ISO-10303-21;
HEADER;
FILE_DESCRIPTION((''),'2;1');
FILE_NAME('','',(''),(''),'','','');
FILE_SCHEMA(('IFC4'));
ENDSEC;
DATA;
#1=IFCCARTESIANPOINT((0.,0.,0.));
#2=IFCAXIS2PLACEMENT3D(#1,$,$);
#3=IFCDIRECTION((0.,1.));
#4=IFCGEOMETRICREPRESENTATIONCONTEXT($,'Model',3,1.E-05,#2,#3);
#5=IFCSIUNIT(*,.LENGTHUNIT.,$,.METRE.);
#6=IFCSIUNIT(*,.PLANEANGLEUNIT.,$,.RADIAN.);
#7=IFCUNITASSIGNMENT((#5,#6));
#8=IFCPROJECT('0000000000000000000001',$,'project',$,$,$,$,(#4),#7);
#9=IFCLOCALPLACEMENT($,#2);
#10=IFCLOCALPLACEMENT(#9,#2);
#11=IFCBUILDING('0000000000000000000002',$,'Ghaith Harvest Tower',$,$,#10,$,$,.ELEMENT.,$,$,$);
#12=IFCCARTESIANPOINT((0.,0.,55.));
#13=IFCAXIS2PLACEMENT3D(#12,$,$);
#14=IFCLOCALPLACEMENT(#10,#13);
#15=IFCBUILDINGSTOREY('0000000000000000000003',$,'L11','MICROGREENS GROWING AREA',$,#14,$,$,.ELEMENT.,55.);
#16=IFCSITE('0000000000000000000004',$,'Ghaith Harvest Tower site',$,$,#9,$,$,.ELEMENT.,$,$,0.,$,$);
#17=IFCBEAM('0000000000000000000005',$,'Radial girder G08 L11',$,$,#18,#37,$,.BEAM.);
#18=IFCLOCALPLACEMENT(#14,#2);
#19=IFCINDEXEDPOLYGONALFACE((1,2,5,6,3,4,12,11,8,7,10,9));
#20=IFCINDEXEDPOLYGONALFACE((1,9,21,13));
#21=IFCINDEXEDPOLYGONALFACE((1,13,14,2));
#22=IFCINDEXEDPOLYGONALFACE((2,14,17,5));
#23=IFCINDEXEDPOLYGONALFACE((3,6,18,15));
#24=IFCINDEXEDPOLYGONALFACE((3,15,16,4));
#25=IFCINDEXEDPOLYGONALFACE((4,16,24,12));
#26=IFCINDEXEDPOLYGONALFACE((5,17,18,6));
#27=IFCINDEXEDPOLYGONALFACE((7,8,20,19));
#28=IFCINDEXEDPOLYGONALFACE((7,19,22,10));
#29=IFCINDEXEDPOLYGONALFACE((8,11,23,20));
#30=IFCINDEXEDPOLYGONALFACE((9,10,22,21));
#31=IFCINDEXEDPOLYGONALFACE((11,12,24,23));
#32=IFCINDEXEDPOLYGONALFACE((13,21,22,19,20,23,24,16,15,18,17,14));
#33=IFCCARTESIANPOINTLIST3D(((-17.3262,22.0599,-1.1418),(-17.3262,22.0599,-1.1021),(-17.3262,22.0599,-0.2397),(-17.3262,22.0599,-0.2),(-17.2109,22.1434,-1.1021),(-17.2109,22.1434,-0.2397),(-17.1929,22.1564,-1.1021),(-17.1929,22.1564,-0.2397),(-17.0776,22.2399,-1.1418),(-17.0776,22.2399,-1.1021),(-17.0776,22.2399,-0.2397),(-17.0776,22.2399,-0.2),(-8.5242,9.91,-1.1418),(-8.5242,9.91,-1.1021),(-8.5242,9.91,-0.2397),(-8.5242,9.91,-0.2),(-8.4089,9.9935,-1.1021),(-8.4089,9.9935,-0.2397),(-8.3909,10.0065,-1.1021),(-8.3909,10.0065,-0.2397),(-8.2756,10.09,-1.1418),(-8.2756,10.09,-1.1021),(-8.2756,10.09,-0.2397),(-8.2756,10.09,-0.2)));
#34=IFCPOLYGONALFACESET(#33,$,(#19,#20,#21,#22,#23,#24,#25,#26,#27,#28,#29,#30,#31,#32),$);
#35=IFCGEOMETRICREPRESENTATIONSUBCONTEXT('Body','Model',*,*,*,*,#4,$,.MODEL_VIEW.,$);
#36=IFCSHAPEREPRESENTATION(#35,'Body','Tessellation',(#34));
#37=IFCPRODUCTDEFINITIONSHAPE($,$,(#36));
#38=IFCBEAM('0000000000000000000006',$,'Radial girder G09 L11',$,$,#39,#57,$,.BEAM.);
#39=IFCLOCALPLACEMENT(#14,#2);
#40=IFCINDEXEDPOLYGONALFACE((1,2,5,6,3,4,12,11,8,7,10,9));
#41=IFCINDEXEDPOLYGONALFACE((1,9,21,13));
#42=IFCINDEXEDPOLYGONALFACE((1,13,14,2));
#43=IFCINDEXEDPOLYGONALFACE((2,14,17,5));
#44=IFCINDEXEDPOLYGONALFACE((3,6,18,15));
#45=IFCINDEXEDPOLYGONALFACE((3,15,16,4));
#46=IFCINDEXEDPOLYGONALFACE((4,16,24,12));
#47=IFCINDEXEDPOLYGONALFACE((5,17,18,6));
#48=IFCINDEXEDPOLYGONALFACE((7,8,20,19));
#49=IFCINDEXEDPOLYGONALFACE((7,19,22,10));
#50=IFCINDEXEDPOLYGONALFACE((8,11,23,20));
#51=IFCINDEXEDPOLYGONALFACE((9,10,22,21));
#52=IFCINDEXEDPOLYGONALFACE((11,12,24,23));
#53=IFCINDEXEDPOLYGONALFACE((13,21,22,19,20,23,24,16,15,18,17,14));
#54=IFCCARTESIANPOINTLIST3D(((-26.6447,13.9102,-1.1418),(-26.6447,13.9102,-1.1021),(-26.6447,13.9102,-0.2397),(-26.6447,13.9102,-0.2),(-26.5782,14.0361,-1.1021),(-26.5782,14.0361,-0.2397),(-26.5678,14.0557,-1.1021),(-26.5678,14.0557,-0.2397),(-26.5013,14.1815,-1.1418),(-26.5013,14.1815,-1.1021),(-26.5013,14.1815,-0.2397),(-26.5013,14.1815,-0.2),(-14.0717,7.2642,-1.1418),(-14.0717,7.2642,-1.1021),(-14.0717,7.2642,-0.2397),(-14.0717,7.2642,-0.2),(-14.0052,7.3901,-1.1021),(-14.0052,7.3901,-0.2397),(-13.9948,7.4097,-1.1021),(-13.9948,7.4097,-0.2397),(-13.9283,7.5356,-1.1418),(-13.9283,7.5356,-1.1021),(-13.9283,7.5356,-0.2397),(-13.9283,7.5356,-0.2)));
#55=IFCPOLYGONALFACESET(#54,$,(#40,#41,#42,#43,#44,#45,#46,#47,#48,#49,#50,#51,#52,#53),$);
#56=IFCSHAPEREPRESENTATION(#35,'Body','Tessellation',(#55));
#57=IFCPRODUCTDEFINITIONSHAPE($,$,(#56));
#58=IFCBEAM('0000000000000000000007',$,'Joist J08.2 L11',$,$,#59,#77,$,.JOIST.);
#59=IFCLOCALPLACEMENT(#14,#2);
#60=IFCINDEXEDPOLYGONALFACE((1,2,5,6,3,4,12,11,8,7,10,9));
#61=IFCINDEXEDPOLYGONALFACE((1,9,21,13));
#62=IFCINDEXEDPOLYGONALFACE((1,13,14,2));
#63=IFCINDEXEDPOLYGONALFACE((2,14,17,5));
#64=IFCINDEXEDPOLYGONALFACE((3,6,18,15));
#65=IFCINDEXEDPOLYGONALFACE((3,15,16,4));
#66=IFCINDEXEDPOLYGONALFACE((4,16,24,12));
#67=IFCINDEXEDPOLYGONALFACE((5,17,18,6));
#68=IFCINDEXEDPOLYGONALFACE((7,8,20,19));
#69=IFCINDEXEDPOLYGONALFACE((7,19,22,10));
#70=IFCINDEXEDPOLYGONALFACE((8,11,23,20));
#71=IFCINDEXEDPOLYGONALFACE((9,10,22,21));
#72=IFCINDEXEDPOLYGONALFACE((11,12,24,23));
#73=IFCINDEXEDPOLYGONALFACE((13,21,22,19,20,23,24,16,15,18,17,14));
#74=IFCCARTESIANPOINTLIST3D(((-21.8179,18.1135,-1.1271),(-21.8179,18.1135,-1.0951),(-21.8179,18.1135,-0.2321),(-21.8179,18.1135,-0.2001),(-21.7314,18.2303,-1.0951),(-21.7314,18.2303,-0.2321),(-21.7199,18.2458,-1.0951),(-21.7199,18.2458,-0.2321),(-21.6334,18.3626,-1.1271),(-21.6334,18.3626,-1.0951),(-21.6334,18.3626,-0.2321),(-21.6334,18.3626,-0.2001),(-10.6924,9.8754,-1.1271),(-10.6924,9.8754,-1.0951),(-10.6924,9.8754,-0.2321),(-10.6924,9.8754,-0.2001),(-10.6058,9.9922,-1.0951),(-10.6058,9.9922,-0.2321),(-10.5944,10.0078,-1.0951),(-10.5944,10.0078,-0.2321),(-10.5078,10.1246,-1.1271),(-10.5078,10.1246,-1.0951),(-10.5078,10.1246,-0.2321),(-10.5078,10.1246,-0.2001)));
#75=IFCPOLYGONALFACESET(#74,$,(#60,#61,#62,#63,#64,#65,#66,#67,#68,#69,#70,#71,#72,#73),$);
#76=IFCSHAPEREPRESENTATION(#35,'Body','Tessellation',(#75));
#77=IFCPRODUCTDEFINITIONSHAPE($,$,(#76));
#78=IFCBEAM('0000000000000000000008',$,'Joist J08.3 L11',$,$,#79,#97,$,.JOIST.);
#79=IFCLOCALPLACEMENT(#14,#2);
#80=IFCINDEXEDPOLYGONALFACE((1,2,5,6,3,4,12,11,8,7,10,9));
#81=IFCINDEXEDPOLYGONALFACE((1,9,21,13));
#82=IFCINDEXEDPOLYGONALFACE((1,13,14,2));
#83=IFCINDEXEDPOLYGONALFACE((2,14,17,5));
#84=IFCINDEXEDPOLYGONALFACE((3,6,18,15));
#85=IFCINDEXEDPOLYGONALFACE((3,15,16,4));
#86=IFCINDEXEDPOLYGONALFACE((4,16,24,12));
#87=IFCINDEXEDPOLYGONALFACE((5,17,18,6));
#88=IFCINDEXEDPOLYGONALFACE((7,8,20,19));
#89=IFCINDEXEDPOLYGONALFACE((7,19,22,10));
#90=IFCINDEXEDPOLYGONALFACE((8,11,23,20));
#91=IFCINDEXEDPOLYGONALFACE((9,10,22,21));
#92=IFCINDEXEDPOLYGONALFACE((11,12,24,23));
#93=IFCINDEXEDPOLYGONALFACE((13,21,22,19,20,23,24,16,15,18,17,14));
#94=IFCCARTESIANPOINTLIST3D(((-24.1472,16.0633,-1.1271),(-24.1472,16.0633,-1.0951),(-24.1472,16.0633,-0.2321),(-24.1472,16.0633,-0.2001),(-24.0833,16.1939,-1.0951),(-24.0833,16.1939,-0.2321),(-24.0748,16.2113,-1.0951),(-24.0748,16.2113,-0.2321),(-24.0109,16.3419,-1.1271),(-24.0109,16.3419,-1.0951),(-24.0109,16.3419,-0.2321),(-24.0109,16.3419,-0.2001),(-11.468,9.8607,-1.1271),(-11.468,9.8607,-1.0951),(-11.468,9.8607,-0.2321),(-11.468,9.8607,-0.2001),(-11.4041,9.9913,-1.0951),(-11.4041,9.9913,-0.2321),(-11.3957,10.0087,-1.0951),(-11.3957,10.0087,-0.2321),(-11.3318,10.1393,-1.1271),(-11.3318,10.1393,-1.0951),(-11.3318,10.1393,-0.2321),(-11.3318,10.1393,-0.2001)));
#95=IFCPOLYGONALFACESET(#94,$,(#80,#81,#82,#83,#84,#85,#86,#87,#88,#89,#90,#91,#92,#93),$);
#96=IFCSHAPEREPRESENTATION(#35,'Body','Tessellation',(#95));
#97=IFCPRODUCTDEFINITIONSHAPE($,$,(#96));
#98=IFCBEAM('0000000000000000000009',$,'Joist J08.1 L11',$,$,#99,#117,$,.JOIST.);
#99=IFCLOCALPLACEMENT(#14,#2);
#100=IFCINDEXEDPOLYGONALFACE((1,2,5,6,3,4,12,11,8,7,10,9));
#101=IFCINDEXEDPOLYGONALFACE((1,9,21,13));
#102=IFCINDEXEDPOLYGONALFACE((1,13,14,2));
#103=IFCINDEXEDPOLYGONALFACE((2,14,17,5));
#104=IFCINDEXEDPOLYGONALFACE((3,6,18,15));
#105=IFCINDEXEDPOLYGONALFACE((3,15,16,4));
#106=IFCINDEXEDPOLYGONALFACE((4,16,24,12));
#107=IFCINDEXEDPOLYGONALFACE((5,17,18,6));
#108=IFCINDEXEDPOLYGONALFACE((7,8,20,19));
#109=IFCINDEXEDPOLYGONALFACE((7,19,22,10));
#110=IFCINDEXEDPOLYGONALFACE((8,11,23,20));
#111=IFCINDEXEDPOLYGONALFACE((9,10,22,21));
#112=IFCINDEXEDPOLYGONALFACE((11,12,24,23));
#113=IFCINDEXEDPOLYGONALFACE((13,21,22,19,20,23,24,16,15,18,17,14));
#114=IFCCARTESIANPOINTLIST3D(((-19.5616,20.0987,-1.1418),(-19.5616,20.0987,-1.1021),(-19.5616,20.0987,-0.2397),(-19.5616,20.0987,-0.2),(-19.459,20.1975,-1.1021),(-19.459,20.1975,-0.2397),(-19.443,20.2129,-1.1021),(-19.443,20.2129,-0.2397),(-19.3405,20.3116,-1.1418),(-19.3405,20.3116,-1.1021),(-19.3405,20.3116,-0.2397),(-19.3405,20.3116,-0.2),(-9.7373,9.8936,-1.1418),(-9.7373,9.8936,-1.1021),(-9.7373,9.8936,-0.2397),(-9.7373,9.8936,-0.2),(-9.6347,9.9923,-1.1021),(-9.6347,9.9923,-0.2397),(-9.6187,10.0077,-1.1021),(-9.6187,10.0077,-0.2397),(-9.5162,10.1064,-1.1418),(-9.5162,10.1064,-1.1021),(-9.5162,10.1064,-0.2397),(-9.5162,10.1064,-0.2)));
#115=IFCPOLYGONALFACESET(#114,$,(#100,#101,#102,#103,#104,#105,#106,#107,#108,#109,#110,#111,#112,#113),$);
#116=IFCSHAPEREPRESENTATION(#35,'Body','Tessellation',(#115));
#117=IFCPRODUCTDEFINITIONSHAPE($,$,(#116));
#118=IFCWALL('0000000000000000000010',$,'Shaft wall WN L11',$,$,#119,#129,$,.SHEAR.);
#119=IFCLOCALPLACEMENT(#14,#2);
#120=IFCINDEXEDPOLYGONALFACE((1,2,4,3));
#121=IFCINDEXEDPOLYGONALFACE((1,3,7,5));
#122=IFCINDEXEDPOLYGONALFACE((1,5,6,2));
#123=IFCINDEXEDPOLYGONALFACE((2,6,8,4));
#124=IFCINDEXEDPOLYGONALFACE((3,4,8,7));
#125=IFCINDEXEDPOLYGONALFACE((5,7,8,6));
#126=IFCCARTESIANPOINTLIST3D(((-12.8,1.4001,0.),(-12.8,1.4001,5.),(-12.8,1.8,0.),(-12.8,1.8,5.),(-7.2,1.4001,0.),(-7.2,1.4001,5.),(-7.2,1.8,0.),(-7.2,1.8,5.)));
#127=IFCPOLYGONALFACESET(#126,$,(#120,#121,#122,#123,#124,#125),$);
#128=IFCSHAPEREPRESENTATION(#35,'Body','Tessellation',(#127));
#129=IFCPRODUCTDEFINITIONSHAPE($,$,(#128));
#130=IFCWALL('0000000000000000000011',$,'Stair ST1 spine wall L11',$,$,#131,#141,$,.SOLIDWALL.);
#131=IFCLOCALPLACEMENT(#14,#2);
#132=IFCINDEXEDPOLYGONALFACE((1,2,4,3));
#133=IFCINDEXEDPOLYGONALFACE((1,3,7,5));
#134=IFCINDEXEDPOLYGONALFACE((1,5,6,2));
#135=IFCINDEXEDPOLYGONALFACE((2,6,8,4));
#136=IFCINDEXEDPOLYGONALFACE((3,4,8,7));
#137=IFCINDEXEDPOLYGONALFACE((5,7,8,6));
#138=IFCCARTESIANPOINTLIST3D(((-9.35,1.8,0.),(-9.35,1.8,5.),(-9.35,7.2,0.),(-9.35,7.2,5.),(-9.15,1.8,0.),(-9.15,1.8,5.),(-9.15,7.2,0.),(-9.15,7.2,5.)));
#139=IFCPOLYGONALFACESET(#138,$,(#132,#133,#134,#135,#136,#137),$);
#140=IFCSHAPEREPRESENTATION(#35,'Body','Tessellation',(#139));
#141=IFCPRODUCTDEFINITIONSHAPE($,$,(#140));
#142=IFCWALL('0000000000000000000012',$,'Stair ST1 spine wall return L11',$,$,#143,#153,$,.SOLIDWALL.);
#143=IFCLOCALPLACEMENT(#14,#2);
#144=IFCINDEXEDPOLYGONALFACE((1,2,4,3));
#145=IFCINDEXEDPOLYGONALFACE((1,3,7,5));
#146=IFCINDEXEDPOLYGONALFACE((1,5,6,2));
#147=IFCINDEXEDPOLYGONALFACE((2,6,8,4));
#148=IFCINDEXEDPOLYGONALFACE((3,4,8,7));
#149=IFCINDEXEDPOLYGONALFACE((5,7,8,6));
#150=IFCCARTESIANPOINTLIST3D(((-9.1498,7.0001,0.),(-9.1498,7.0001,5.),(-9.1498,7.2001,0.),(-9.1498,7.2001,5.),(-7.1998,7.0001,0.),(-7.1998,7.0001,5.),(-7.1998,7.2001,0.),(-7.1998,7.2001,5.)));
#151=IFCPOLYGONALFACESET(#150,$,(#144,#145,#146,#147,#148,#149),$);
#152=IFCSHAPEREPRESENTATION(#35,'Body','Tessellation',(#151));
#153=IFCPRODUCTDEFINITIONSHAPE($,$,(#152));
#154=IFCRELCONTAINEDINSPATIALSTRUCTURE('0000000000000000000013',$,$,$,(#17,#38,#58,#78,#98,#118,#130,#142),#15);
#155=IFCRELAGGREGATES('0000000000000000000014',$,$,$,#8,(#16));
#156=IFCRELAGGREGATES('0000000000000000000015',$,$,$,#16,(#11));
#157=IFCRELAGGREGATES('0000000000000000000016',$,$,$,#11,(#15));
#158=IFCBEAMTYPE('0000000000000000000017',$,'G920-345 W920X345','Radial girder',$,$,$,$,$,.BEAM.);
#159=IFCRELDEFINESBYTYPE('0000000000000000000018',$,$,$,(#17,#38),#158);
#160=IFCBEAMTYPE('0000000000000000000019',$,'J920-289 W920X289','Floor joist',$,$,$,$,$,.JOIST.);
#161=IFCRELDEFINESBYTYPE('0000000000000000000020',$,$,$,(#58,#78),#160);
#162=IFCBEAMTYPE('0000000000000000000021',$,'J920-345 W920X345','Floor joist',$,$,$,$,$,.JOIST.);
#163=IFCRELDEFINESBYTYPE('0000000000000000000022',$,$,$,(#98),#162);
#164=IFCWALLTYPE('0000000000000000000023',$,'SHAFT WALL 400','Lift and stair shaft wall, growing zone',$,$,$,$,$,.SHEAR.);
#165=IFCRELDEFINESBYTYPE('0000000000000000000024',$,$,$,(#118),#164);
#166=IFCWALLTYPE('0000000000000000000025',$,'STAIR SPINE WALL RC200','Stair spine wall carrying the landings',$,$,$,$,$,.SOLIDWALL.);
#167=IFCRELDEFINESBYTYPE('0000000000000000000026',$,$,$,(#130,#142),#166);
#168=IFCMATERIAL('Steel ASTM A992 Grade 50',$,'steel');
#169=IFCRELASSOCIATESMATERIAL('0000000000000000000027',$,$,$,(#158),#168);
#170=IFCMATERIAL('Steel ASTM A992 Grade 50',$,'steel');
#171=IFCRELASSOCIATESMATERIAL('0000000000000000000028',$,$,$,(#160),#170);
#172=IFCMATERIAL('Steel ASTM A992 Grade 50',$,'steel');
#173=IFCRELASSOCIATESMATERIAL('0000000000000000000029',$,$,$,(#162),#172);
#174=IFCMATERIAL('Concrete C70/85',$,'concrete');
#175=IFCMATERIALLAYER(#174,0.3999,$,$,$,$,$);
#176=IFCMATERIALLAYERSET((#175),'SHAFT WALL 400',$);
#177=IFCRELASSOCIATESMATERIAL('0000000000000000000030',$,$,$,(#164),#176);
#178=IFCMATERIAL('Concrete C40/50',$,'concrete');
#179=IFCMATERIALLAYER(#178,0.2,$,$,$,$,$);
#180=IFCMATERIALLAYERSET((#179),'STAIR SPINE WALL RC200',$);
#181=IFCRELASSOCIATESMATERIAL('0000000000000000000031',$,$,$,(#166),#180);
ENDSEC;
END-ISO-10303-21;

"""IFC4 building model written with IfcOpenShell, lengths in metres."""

from ifc_helpers import new_model, si_unit, direction, frame, frame_2d, origin, origin_2d, place, context, subcontext, project, spatial, rectangle, i_section, extrude, material, layer, layer_set, material_profile, profile_set, type_object, element, save


model = new_model("IFC4")

# Units and contexts
model_context = context("Model", 3, precision=1e-05, world=origin(), true_north=direction((0.0, 1.0)))
body_context = subcontext(model_context, "Body", "Model", "MODEL_VIEW")
ifc_project = project(units=[si_unit("LENGTHUNIT", "METRE"), si_unit("PLANEANGLEUNIT", "RADIAN")], contexts=[model_context])

# Site, building, storey
site_placement = place(None, origin())
site = spatial("IfcSite", under=ifc_project, at=site_placement, Name="Ghaith Harvest Tower site", CompositionType="ELEMENT", RefElevation=0.0)
building_placement = place(site_placement, origin())
building = spatial("IfcBuilding", under=site, at=building_placement, Name="Ghaith Harvest Tower", CompositionType="ELEMENT")
storey_placement = place(building_placement, frame((0.0, 0.0, 55.0)))
storey = spatial("IfcBuildingStorey", under=building, at=storey_placement, Name="L11", Description="MICROGREENS GROWING AREA", CompositionType="ELEMENT", Elevation=55.0)

# Beams
ifc_material_1 = material(Name="Steel ASTM A992 Grade 50", Category="steel")
ifc_material_profile_1 = material_profile(ifc_material_1, i_section(OverallWidth=0.3069, OverallDepth=0.9419, WebThickness=0.0222, FlangeThickness=0.0398, at=origin_2d()), Name="W920X345")
ifc_profile_set_1 = profile_set([ifc_material_profile_1], Name="Steel ASTM A992 Grade 50")
beam_type_1 = type_object("IfcBeamType", Name="G920-345 W920X345", Description="Radial girder", PredefinedType="BEAM", material=ifc_profile_set_1)
beam_1_placement = place(storey_placement, frame((-8.3999, 10.0, -0.6709), z_axis=(-0.586676, 0.809822, 0.0), x_axis=(-0.809822, -0.586676, 0.0)))
element("IfcBeam", 1, at=beam_1_placement, inside=storey, type_object=beam_type_1, Name="Radial girder G08 L11", PredefinedType="BEAM", context=body_context, shape_type="SweptSolid", body=[
    extrude(i_section(OverallWidth=0.3069, OverallDepth=0.9419, WebThickness=0.0222, FlangeThickness=0.0398, at=origin_2d()), origin(), (0.0, 0.0, 1.0), 15.0032),
])
beam_2_placement = place(storey_placement, frame((-14.0, 7.3999, -0.6709), z_axis=(-0.884087, 0.467322, 0.0), x_axis=(-0.467322, -0.884087, 0.0)))
element("IfcBeam", 2, at=beam_2_placement, inside=storey, type_object=beam_type_1, Name="Radial girder G09 L11", PredefinedType="BEAM", context=body_context, shape_type="SweptSolid", body=[
    extrude(i_section(OverallWidth=0.3069, OverallDepth=0.9419, WebThickness=0.0222, FlangeThickness=0.0398, at=origin_2d()), origin(), (0.0, 0.0, 1.0), 14.2214),
])
ifc_material_2 = material(Name="Steel ASTM A992 Grade 50", Category="steel")
ifc_material_profile_2 = material_profile(ifc_material_2, i_section(OverallWidth=0.3101, OverallDepth=0.927, WebThickness=0.0193, FlangeThickness=0.032, at=origin_2d()), Name="W920X289")
ifc_profile_set_2 = profile_set([ifc_material_profile_2], Name="Steel ASTM A992 Grade 50")
beam_type_2 = type_object("IfcBeamType", Name="J920-289 W920X289", Description="Floor joist", PredefinedType="JOIST", material=ifc_profile_set_2)
beam_3_placement = place(storey_placement, frame((-10.6001, 10.0, -0.6636), z_axis=(-0.803663, 0.595085, 0.0), x_axis=(-0.595085, -0.803663, 0.0)))
element("IfcBeam", 3, at=beam_3_placement, inside=storey, type_object=beam_type_2, Name="Joist J08.2 L11", PredefinedType="JOIST", context=body_context, shape_type="SweptSolid", body=[
    extrude(i_section(OverallWidth=0.3101, OverallDepth=0.927, WebThickness=0.0193, FlangeThickness=0.032, at=origin_2d()), origin(), (0.0, 0.0, 1.0), 13.8435),
])
beam_4_placement = place(storey_placement, frame((-11.3999, 10.0, -0.6636), z_axis=(-0.898275, 0.439434, 0.0), x_axis=(-0.439434, -0.898275, 0.0)))
element("IfcBeam", 4, at=beam_4_placement, inside=storey, type_object=beam_type_2, Name="Joist J08.3 L11", PredefinedType="JOIST", context=body_context, shape_type="SweptSolid", body=[
    extrude(i_section(OverallWidth=0.3101, OverallDepth=0.927, WebThickness=0.0193, FlangeThickness=0.032, at=origin_2d()), origin(), (0.0, 0.0, 1.0), 14.115),
])
ifc_material_3 = material(Name="Steel ASTM A992 Grade 50", Category="steel")
ifc_material_profile_3 = material_profile(ifc_material_3, i_section(OverallWidth=0.3069, OverallDepth=0.9419, WebThickness=0.0222, FlangeThickness=0.0398, at=origin_2d()), Name="W920X345")
ifc_profile_set_3 = profile_set([ifc_material_profile_3], Name="Steel ASTM A992 Grade 50")
beam_type_3 = type_object("IfcBeamType", Name="J920-345 W920X345", Description="Floor joist", PredefinedType="JOIST", material=ifc_profile_set_3)
beam_5_placement = place(storey_placement, frame((-9.6267, 10.0, -0.6709), z_axis=(-0.693536, 0.720422, 0.0), x_axis=(-0.720422, -0.693536, 0.0)))
element("IfcBeam", 5, at=beam_5_placement, inside=storey, type_object=beam_type_3, Name="Joist J08.1 L11", PredefinedType="JOIST", context=body_context, shape_type="SweptSolid", body=[
    extrude(i_section(OverallWidth=0.3069, OverallDepth=0.9419, WebThickness=0.0222, FlangeThickness=0.0398, at=origin_2d()), origin(), (0.0, 0.0, 1.0), 14.1655),
])

# Shared definitions
ifc_material_4 = material(Name="Concrete C70/85", Category="concrete")
ifc_layer_1 = layer(ifc_material_4, 0.3999)
ifc_layer_set_1 = layer_set([ifc_layer_1], Name="SHAFT WALL 400")
wall_type_1 = type_object("IfcWallType", Name="SHAFT WALL 400", Description="Lift and stair shaft wall, growing zone", PredefinedType="SHEAR", material=ifc_layer_set_1)

# Walls
wall_1_placement = place(storey_placement, frame((-12.8, 1.6001, 0.0), z_axis=(0.0, 0.0, 1.0), x_axis=(1.0, 0.0, 0.0)))
element("IfcWall", 6, at=wall_1_placement, inside=storey, type_object=wall_type_1, Name="Shaft wall WN L11", PredefinedType="SHEAR", context=body_context, shape_type="SweptSolid", body=[
    extrude(rectangle(XDim=5.6001, YDim=0.3999, at=frame_2d((2.8, 0.0))), origin(), (0.0, 0.0, 1.0), 5.0),
])
ifc_material_5 = material(Name="Concrete C40/50", Category="concrete")
ifc_layer_2 = layer(ifc_material_5, 0.2)
ifc_layer_set_2 = layer_set([ifc_layer_2], Name="STAIR SPINE WALL RC200")
wall_type_2 = type_object("IfcWallType", Name="STAIR SPINE WALL RC200", Description="Stair spine wall carrying the landings", PredefinedType="SOLIDWALL", material=ifc_layer_set_2)
wall_2_placement = place(storey_placement, frame((-9.25, 7.2, 0.0), z_axis=(0.0, 0.0, 1.0), x_axis=(0.0, -1.0, 0.0)))
element("IfcWall", 7, at=wall_2_placement, inside=storey, type_object=wall_type_2, Name="Stair ST1 spine wall L11", PredefinedType="SOLIDWALL", context=body_context, shape_type="SweptSolid", body=[
    extrude(rectangle(XDim=5.3999, YDim=0.2, at=frame_2d((2.7, 0.0))), origin(), (0.0, 0.0, 1.0), 5.0),
])
wall_3_placement = place(storey_placement, frame((-9.1499, 7.1001, 0.0), z_axis=(0.0, 0.0, 1.0), x_axis=(1.0, 0.0, 0.0)))
element("IfcWall", 8, at=wall_3_placement, inside=storey, type_object=wall_type_2, Name="Stair ST1 spine wall return L11", PredefinedType="SOLIDWALL", context=body_context, shape_type="SweptSolid", body=[
    extrude(rectangle(XDim=1.95, YDim=0.2, at=frame_2d((0.9751, 0.0))), origin(), (0.0, 0.0, 1.0), 5.0),
])

save(model, "model.ifc")
